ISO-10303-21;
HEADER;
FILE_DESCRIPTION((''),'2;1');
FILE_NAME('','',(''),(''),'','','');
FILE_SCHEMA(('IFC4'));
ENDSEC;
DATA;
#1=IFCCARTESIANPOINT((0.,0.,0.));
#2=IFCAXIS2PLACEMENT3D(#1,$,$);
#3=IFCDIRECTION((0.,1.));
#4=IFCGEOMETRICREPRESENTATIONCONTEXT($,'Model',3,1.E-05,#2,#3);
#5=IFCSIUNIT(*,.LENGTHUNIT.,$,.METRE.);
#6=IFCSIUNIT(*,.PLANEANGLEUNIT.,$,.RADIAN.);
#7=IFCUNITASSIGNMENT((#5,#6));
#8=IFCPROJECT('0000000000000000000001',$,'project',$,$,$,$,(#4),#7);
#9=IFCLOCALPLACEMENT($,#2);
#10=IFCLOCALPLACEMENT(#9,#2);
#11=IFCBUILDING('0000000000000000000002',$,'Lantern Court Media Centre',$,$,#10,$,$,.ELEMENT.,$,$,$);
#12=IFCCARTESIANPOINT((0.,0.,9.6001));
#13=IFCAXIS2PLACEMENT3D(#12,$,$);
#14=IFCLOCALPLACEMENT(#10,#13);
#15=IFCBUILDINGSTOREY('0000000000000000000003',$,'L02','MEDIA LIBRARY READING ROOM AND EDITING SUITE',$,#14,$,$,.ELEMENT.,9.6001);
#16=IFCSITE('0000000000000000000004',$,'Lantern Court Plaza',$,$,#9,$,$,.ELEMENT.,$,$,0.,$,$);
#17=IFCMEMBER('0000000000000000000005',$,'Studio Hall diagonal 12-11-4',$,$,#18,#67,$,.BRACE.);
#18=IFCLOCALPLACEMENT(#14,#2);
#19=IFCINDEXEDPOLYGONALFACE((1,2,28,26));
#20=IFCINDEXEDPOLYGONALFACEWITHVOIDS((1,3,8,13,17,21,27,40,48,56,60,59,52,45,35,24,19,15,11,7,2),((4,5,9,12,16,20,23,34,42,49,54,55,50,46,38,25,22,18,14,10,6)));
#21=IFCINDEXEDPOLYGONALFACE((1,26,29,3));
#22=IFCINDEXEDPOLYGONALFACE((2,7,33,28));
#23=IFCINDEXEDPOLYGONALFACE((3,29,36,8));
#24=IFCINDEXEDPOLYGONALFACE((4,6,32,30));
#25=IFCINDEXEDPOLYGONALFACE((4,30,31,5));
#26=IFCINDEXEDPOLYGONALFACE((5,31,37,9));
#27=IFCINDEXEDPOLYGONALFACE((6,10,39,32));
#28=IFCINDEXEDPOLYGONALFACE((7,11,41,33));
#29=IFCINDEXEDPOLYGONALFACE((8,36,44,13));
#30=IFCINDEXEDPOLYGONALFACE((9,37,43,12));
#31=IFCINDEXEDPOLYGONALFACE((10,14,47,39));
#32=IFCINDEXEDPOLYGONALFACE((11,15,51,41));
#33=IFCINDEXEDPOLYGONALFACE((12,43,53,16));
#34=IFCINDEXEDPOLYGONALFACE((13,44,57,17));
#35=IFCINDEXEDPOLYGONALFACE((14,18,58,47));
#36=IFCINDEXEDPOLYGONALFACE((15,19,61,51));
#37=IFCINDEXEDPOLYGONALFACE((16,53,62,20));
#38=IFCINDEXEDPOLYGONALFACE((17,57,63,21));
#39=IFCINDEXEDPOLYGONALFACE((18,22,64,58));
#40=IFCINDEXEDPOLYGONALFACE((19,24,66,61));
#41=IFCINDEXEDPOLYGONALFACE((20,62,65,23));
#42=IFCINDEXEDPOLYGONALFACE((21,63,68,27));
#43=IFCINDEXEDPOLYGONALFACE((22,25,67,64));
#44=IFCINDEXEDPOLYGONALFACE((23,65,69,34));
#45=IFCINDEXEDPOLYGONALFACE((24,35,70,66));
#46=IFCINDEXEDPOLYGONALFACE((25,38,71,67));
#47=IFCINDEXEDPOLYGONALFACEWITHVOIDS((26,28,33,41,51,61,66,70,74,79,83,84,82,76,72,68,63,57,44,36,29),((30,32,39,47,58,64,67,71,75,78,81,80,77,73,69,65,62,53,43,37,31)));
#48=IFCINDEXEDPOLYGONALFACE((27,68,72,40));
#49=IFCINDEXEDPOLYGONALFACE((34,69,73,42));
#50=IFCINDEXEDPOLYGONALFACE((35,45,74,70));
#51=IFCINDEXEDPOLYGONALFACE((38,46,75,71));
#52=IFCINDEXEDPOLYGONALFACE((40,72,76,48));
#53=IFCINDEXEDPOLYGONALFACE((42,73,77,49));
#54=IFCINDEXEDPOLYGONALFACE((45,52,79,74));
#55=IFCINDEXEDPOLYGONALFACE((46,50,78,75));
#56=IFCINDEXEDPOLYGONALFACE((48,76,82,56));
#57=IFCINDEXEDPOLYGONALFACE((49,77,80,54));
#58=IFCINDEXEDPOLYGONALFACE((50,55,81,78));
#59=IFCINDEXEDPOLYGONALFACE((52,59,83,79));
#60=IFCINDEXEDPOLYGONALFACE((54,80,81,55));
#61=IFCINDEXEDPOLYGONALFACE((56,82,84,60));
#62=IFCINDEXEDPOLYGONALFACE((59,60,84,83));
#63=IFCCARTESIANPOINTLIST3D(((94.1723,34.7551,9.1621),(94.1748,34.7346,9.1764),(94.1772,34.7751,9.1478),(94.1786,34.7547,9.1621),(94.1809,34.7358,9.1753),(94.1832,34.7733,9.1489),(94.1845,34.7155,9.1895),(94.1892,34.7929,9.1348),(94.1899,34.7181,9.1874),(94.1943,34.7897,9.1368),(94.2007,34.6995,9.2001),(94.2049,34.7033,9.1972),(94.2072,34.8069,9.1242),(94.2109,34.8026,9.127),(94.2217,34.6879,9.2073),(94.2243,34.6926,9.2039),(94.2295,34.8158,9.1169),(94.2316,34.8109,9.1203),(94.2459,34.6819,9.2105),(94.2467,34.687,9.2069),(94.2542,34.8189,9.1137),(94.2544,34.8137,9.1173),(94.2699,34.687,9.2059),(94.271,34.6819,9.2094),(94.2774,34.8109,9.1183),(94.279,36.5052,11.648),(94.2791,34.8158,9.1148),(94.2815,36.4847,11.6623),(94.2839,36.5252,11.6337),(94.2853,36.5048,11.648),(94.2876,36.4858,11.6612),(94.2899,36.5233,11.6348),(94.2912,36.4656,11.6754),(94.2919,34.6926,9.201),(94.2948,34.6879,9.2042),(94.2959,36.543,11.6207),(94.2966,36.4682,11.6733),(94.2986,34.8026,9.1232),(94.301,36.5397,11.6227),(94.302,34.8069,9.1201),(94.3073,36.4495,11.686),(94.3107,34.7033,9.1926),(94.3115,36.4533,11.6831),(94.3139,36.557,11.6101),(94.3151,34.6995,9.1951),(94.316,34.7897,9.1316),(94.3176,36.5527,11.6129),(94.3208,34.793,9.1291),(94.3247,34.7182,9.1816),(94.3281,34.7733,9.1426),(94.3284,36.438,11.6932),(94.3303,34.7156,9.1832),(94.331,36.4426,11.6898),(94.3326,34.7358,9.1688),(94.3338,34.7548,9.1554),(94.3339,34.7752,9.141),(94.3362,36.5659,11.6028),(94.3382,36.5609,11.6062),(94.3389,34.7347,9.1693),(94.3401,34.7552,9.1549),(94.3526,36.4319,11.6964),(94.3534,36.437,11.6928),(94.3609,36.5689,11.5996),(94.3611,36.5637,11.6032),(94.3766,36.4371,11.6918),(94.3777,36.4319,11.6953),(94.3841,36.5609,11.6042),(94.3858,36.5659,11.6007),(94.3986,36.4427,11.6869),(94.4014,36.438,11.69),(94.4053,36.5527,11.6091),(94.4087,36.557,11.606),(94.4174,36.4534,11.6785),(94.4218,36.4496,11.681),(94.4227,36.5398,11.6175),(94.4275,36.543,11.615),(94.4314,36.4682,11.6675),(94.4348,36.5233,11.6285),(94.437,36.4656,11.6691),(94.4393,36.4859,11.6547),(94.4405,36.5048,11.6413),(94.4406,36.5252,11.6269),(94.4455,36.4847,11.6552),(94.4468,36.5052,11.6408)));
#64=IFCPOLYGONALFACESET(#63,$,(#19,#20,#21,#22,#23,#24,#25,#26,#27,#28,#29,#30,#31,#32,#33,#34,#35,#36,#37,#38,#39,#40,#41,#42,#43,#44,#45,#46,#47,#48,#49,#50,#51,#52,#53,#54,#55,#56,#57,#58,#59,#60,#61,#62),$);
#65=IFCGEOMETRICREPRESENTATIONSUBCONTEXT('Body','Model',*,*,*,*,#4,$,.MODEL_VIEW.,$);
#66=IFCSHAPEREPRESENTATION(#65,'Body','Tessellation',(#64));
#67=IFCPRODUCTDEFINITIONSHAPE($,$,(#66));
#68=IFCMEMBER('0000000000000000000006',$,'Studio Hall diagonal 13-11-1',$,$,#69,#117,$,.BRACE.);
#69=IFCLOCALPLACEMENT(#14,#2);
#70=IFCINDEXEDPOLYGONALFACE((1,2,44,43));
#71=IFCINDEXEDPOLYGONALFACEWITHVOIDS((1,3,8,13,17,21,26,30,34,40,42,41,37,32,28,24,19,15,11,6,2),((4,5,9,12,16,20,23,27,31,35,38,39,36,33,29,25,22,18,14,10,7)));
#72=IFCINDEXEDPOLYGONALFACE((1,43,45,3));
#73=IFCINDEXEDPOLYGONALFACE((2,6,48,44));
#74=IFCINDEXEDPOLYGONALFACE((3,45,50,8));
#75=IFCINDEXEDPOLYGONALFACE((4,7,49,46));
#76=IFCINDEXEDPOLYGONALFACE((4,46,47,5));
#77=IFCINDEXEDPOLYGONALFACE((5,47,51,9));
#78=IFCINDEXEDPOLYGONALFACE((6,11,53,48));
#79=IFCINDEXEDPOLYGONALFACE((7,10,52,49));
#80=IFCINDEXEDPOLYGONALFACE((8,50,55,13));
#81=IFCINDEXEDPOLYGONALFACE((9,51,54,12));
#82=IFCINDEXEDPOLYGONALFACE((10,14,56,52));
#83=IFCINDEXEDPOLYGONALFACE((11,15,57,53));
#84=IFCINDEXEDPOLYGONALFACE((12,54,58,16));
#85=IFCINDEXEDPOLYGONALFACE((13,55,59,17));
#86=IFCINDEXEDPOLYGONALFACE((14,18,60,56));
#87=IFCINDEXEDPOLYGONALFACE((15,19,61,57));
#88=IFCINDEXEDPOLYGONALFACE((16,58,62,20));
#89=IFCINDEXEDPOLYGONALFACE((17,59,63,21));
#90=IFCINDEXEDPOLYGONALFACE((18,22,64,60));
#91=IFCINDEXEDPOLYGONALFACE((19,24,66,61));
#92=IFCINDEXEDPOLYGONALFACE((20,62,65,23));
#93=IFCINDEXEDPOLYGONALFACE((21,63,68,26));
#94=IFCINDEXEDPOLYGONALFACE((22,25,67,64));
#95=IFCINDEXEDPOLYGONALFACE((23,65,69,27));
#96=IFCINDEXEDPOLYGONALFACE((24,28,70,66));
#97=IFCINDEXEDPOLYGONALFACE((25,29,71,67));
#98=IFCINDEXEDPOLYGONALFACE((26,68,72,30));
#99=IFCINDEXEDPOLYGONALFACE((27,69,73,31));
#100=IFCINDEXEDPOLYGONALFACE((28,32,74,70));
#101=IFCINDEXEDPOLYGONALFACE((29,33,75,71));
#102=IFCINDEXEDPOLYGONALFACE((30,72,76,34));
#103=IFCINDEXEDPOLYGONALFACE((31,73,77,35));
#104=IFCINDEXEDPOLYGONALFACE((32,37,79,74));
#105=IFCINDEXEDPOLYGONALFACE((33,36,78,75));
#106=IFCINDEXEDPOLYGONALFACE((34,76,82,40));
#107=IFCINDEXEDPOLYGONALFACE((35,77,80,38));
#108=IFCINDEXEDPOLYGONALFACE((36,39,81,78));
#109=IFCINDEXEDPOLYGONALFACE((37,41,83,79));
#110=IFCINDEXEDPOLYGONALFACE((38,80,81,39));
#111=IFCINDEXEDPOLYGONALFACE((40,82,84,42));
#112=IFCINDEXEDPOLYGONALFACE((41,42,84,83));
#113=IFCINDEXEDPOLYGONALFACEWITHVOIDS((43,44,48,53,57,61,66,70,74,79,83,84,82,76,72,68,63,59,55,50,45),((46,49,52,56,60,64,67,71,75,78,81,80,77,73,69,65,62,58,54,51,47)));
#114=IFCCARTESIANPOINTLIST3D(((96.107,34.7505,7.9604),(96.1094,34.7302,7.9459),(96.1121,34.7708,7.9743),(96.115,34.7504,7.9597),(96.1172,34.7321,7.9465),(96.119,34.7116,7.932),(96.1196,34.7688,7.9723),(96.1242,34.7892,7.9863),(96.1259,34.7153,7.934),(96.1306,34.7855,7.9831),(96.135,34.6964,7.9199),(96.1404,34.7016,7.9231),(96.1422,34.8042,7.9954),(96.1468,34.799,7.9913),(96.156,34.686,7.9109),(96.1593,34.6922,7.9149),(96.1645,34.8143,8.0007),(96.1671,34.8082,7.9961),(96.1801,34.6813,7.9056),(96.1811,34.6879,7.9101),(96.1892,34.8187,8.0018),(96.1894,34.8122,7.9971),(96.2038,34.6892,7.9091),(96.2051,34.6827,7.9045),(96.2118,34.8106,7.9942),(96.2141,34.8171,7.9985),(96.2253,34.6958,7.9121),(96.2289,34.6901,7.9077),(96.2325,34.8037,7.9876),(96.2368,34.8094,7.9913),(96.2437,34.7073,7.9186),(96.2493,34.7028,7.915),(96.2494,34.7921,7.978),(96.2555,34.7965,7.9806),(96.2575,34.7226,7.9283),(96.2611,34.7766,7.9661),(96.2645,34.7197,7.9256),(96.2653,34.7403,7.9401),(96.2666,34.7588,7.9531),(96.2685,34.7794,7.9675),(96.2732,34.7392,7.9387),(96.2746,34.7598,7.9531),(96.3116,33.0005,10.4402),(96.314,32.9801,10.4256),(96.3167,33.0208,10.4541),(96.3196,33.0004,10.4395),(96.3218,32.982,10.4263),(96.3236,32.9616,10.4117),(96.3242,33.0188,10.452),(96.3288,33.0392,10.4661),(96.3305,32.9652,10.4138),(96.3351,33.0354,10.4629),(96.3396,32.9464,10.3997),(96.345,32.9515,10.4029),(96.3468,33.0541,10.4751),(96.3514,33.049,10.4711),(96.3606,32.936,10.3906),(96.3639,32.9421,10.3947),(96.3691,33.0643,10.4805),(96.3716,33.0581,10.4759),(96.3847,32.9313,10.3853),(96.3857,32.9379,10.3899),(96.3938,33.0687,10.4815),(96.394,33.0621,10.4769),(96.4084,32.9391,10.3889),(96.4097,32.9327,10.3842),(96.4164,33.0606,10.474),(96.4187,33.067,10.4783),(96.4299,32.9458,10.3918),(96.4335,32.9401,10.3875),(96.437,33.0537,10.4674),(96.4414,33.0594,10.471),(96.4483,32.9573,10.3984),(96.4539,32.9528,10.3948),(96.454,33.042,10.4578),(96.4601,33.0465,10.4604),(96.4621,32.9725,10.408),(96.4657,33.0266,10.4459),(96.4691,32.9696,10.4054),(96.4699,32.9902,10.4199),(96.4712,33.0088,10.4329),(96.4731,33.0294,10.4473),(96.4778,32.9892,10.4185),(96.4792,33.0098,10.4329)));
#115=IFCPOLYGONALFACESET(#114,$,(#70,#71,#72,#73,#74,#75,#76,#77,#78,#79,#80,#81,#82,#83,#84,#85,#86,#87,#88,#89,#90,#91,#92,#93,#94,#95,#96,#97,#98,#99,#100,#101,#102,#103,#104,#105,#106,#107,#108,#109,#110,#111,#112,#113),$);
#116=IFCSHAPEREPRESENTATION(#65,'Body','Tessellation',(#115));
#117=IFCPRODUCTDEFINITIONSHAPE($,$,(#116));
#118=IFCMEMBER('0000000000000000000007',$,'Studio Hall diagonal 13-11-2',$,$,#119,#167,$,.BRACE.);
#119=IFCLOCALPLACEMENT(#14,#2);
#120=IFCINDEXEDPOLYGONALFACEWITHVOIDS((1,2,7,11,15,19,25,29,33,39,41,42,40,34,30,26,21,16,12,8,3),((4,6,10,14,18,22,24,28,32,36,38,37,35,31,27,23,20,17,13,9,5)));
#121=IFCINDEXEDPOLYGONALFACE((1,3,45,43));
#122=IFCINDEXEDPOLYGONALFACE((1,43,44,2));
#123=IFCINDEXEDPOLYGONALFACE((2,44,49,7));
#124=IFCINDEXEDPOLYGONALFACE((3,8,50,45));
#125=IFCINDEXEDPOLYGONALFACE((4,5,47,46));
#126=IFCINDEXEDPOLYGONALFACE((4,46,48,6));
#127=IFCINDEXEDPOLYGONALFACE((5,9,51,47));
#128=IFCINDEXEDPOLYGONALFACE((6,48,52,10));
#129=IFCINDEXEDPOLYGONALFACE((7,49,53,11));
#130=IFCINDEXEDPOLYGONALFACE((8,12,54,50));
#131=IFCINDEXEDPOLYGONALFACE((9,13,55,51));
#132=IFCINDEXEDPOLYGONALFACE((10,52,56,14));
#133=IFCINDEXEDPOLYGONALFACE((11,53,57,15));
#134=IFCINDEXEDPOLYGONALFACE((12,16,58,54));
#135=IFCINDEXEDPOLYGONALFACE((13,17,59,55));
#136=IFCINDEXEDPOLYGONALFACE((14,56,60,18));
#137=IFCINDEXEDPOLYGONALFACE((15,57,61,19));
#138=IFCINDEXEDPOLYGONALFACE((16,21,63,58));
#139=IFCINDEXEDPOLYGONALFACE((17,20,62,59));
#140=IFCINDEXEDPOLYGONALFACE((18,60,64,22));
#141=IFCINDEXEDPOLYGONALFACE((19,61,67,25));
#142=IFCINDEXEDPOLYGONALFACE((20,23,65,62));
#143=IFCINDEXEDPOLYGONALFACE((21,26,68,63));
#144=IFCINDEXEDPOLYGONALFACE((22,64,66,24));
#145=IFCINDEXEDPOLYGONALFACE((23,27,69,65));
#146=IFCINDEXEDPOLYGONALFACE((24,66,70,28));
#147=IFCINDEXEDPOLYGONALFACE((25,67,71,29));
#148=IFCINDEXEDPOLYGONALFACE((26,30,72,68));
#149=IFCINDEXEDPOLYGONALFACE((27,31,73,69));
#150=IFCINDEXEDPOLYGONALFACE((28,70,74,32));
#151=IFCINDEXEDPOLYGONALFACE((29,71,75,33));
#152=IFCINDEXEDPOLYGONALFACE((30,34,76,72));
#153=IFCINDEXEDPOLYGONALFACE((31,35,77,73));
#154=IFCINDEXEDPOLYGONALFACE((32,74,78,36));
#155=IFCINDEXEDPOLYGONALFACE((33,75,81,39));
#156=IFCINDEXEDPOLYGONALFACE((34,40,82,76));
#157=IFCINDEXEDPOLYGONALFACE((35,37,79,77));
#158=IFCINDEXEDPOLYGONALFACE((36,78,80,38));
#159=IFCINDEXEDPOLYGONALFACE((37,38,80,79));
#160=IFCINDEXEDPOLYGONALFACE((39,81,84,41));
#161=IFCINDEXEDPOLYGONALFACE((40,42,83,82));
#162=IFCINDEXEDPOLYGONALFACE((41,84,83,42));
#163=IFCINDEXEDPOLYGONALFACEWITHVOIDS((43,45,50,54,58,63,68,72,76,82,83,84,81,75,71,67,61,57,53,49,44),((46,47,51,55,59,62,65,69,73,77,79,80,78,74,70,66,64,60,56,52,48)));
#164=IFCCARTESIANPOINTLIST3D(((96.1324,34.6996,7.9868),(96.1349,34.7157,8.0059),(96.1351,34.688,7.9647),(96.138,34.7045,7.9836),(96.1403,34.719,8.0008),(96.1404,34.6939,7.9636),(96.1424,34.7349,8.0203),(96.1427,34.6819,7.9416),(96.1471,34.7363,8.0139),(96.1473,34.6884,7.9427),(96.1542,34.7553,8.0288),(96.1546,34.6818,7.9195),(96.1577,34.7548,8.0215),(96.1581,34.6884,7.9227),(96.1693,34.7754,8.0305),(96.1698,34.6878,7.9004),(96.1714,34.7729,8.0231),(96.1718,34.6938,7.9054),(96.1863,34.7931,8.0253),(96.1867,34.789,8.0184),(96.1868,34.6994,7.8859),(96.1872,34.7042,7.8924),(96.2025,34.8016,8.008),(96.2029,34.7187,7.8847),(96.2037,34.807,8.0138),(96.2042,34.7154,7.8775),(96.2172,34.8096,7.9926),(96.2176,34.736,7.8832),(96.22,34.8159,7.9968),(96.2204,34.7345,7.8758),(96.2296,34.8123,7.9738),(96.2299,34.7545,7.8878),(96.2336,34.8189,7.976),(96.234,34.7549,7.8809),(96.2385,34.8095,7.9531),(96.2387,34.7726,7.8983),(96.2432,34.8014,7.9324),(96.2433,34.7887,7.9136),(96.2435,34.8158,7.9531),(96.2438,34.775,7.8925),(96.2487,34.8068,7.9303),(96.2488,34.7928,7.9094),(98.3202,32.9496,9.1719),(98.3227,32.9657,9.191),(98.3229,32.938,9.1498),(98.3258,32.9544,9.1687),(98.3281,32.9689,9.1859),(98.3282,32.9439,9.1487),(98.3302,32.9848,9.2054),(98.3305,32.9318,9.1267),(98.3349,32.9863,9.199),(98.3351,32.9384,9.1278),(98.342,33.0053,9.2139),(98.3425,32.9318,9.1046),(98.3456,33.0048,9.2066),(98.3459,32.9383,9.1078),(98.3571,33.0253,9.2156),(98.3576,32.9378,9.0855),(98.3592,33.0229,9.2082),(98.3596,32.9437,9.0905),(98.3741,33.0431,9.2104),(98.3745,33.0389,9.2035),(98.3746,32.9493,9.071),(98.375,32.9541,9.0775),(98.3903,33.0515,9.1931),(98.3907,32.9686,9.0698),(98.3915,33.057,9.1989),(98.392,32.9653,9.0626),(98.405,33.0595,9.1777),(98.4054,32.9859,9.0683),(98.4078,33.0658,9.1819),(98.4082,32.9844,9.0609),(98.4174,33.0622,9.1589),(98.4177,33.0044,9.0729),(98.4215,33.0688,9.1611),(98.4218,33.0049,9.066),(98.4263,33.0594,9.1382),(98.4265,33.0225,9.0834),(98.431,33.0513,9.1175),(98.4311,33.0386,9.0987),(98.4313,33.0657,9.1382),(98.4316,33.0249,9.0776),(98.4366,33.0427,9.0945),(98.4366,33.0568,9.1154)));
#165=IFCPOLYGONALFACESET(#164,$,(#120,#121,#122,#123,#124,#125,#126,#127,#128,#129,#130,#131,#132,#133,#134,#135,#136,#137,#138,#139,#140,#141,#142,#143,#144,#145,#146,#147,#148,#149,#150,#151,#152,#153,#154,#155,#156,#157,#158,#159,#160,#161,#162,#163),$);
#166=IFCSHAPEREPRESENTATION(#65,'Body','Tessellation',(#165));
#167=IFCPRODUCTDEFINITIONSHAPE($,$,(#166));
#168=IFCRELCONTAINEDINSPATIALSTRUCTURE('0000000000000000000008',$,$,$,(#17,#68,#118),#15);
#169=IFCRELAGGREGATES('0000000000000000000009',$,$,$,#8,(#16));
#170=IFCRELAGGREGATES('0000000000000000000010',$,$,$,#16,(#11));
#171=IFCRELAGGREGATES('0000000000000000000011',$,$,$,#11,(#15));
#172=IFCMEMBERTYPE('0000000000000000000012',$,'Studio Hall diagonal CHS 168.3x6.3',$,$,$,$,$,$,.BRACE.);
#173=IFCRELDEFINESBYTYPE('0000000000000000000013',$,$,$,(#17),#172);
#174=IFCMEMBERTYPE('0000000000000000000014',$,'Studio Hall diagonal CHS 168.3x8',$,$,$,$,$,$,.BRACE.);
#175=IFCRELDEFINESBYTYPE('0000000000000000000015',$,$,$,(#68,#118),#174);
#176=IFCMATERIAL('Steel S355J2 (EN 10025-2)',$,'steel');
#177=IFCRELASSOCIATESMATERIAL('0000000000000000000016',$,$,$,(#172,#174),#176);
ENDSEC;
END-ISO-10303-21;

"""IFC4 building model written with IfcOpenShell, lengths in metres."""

from ifc_helpers import new_model, si_unit, direction, frame, origin, origin_2d, place, context, subcontext, project, spatial, hollow_circle, extrude, material, material_profile, profile_set, type_object, element, save


model = new_model("IFC4")

# Units and contexts
model_context = context("Model", 3, precision=1e-05, world=origin(), true_north=direction((0.0, 1.0)))
body_context = subcontext(model_context, "Body", "Model", "MODEL_VIEW")
ifc_project = project(units=[si_unit("LENGTHUNIT", "METRE"), si_unit("PLANEANGLEUNIT", "RADIAN")], contexts=[model_context])

# Site, building, storey
site_placement = place(None, origin())
site = spatial("IfcSite", under=ifc_project, at=site_placement, Name="Lantern Court Plaza", CompositionType="ELEMENT", RefElevation=0.0)
building_placement = place(site_placement, origin())
building = spatial("IfcBuilding", under=site, at=building_placement, Name="Lantern Court Media Centre", CompositionType="ELEMENT")
storey_placement = place(building_placement, frame((0.0, 0.0, 9.6001)))
storey = spatial("IfcBuildingStorey", under=building, at=storey_placement, Name="L02", Description="MEDIA LIBRARY READING ROOM AND EDITING SUITE", CompositionType="ELEMENT", Elevation=9.6001)

# Members
ifc_material = material(Name="Steel S355J2 (EN 10025-2)", Category="steel")
ifc_material_profile_1 = material_profile(ifc_material, hollow_circle(Radius=0.0842, WallThickness=0.0063, at=origin_2d()), Name="Studio Hall diagonal CHS 168.3x6.3")
ifc_profile_set_1 = profile_set([ifc_material_profile_1], Name="Steel S355J2 (EN 10025-2)")
member_type_1 = type_object("IfcMemberType", Name="Studio Hall diagonal CHS 168.3x6.3", PredefinedType="BRACE", material=ifc_profile_set_1)
for number, where, z_axis, x_axis, name in (
    (1, (94.2563, 34.75, 9.1621), (0.035073, 0.575294, 0.817194), (-0.998147, 0.060852, 0.0), "Studio Hall diagonal 12-11-4"),
):
    element("IfcMember", number, at=place(storey_placement, frame(where, z_axis=z_axis, x_axis=x_axis)), inside=storey, type_object=member_type_1, Name=name, PredefinedType="BRACE", context=body_context, shape_type="SweptSolid", body=[
        extrude(hollow_circle(Radius=0.0842, WallThickness=0.0063, at=origin_2d()), origin(), (0.0, 0.0, 1.0), 3.042),
    ])
ifc_material_profile_2 = material_profile(ifc_material, hollow_circle(Radius=0.0842, WallThickness=0.0081, at=origin_2d()), Name="Studio Hall diagonal CHS 168.3x8")
ifc_profile_set_2 = profile_set([ifc_material_profile_2], Name="Steel S355J2 (EN 10025-2)")
member_type_2 = type_object("IfcMemberType", Name="Studio Hall diagonal CHS 168.3x8", PredefinedType="BRACE", material=ifc_profile_set_2)
for number, where, z_axis, x_axis, name in (
    (2, (96.1909, 34.75, 7.9531), (0.067256, -0.575289, 0.81518), (0.993235, 0.116118, 0.0), "Studio Hall diagonal 13-11-1"),
    (3, (96.1909, 34.75, 7.9531), (0.719206, -0.5753, 0.38958), (0.624653, 0.780903, 0.0), "Studio Hall diagonal 13-11-2"),
):
    element("IfcMember", number, at=place(storey_placement, frame(where, z_axis=z_axis, x_axis=x_axis)), inside=storey, type_object=member_type_2, Name=name, PredefinedType="BRACE", context=body_context, shape_type="SweptSolid", body=[
        extrude(hollow_circle(Radius=0.0842, WallThickness=0.0081, at=origin_2d()), origin(), (0.0, 0.0, 1.0), 3.042),
    ])

save(model, "model.ifc")
